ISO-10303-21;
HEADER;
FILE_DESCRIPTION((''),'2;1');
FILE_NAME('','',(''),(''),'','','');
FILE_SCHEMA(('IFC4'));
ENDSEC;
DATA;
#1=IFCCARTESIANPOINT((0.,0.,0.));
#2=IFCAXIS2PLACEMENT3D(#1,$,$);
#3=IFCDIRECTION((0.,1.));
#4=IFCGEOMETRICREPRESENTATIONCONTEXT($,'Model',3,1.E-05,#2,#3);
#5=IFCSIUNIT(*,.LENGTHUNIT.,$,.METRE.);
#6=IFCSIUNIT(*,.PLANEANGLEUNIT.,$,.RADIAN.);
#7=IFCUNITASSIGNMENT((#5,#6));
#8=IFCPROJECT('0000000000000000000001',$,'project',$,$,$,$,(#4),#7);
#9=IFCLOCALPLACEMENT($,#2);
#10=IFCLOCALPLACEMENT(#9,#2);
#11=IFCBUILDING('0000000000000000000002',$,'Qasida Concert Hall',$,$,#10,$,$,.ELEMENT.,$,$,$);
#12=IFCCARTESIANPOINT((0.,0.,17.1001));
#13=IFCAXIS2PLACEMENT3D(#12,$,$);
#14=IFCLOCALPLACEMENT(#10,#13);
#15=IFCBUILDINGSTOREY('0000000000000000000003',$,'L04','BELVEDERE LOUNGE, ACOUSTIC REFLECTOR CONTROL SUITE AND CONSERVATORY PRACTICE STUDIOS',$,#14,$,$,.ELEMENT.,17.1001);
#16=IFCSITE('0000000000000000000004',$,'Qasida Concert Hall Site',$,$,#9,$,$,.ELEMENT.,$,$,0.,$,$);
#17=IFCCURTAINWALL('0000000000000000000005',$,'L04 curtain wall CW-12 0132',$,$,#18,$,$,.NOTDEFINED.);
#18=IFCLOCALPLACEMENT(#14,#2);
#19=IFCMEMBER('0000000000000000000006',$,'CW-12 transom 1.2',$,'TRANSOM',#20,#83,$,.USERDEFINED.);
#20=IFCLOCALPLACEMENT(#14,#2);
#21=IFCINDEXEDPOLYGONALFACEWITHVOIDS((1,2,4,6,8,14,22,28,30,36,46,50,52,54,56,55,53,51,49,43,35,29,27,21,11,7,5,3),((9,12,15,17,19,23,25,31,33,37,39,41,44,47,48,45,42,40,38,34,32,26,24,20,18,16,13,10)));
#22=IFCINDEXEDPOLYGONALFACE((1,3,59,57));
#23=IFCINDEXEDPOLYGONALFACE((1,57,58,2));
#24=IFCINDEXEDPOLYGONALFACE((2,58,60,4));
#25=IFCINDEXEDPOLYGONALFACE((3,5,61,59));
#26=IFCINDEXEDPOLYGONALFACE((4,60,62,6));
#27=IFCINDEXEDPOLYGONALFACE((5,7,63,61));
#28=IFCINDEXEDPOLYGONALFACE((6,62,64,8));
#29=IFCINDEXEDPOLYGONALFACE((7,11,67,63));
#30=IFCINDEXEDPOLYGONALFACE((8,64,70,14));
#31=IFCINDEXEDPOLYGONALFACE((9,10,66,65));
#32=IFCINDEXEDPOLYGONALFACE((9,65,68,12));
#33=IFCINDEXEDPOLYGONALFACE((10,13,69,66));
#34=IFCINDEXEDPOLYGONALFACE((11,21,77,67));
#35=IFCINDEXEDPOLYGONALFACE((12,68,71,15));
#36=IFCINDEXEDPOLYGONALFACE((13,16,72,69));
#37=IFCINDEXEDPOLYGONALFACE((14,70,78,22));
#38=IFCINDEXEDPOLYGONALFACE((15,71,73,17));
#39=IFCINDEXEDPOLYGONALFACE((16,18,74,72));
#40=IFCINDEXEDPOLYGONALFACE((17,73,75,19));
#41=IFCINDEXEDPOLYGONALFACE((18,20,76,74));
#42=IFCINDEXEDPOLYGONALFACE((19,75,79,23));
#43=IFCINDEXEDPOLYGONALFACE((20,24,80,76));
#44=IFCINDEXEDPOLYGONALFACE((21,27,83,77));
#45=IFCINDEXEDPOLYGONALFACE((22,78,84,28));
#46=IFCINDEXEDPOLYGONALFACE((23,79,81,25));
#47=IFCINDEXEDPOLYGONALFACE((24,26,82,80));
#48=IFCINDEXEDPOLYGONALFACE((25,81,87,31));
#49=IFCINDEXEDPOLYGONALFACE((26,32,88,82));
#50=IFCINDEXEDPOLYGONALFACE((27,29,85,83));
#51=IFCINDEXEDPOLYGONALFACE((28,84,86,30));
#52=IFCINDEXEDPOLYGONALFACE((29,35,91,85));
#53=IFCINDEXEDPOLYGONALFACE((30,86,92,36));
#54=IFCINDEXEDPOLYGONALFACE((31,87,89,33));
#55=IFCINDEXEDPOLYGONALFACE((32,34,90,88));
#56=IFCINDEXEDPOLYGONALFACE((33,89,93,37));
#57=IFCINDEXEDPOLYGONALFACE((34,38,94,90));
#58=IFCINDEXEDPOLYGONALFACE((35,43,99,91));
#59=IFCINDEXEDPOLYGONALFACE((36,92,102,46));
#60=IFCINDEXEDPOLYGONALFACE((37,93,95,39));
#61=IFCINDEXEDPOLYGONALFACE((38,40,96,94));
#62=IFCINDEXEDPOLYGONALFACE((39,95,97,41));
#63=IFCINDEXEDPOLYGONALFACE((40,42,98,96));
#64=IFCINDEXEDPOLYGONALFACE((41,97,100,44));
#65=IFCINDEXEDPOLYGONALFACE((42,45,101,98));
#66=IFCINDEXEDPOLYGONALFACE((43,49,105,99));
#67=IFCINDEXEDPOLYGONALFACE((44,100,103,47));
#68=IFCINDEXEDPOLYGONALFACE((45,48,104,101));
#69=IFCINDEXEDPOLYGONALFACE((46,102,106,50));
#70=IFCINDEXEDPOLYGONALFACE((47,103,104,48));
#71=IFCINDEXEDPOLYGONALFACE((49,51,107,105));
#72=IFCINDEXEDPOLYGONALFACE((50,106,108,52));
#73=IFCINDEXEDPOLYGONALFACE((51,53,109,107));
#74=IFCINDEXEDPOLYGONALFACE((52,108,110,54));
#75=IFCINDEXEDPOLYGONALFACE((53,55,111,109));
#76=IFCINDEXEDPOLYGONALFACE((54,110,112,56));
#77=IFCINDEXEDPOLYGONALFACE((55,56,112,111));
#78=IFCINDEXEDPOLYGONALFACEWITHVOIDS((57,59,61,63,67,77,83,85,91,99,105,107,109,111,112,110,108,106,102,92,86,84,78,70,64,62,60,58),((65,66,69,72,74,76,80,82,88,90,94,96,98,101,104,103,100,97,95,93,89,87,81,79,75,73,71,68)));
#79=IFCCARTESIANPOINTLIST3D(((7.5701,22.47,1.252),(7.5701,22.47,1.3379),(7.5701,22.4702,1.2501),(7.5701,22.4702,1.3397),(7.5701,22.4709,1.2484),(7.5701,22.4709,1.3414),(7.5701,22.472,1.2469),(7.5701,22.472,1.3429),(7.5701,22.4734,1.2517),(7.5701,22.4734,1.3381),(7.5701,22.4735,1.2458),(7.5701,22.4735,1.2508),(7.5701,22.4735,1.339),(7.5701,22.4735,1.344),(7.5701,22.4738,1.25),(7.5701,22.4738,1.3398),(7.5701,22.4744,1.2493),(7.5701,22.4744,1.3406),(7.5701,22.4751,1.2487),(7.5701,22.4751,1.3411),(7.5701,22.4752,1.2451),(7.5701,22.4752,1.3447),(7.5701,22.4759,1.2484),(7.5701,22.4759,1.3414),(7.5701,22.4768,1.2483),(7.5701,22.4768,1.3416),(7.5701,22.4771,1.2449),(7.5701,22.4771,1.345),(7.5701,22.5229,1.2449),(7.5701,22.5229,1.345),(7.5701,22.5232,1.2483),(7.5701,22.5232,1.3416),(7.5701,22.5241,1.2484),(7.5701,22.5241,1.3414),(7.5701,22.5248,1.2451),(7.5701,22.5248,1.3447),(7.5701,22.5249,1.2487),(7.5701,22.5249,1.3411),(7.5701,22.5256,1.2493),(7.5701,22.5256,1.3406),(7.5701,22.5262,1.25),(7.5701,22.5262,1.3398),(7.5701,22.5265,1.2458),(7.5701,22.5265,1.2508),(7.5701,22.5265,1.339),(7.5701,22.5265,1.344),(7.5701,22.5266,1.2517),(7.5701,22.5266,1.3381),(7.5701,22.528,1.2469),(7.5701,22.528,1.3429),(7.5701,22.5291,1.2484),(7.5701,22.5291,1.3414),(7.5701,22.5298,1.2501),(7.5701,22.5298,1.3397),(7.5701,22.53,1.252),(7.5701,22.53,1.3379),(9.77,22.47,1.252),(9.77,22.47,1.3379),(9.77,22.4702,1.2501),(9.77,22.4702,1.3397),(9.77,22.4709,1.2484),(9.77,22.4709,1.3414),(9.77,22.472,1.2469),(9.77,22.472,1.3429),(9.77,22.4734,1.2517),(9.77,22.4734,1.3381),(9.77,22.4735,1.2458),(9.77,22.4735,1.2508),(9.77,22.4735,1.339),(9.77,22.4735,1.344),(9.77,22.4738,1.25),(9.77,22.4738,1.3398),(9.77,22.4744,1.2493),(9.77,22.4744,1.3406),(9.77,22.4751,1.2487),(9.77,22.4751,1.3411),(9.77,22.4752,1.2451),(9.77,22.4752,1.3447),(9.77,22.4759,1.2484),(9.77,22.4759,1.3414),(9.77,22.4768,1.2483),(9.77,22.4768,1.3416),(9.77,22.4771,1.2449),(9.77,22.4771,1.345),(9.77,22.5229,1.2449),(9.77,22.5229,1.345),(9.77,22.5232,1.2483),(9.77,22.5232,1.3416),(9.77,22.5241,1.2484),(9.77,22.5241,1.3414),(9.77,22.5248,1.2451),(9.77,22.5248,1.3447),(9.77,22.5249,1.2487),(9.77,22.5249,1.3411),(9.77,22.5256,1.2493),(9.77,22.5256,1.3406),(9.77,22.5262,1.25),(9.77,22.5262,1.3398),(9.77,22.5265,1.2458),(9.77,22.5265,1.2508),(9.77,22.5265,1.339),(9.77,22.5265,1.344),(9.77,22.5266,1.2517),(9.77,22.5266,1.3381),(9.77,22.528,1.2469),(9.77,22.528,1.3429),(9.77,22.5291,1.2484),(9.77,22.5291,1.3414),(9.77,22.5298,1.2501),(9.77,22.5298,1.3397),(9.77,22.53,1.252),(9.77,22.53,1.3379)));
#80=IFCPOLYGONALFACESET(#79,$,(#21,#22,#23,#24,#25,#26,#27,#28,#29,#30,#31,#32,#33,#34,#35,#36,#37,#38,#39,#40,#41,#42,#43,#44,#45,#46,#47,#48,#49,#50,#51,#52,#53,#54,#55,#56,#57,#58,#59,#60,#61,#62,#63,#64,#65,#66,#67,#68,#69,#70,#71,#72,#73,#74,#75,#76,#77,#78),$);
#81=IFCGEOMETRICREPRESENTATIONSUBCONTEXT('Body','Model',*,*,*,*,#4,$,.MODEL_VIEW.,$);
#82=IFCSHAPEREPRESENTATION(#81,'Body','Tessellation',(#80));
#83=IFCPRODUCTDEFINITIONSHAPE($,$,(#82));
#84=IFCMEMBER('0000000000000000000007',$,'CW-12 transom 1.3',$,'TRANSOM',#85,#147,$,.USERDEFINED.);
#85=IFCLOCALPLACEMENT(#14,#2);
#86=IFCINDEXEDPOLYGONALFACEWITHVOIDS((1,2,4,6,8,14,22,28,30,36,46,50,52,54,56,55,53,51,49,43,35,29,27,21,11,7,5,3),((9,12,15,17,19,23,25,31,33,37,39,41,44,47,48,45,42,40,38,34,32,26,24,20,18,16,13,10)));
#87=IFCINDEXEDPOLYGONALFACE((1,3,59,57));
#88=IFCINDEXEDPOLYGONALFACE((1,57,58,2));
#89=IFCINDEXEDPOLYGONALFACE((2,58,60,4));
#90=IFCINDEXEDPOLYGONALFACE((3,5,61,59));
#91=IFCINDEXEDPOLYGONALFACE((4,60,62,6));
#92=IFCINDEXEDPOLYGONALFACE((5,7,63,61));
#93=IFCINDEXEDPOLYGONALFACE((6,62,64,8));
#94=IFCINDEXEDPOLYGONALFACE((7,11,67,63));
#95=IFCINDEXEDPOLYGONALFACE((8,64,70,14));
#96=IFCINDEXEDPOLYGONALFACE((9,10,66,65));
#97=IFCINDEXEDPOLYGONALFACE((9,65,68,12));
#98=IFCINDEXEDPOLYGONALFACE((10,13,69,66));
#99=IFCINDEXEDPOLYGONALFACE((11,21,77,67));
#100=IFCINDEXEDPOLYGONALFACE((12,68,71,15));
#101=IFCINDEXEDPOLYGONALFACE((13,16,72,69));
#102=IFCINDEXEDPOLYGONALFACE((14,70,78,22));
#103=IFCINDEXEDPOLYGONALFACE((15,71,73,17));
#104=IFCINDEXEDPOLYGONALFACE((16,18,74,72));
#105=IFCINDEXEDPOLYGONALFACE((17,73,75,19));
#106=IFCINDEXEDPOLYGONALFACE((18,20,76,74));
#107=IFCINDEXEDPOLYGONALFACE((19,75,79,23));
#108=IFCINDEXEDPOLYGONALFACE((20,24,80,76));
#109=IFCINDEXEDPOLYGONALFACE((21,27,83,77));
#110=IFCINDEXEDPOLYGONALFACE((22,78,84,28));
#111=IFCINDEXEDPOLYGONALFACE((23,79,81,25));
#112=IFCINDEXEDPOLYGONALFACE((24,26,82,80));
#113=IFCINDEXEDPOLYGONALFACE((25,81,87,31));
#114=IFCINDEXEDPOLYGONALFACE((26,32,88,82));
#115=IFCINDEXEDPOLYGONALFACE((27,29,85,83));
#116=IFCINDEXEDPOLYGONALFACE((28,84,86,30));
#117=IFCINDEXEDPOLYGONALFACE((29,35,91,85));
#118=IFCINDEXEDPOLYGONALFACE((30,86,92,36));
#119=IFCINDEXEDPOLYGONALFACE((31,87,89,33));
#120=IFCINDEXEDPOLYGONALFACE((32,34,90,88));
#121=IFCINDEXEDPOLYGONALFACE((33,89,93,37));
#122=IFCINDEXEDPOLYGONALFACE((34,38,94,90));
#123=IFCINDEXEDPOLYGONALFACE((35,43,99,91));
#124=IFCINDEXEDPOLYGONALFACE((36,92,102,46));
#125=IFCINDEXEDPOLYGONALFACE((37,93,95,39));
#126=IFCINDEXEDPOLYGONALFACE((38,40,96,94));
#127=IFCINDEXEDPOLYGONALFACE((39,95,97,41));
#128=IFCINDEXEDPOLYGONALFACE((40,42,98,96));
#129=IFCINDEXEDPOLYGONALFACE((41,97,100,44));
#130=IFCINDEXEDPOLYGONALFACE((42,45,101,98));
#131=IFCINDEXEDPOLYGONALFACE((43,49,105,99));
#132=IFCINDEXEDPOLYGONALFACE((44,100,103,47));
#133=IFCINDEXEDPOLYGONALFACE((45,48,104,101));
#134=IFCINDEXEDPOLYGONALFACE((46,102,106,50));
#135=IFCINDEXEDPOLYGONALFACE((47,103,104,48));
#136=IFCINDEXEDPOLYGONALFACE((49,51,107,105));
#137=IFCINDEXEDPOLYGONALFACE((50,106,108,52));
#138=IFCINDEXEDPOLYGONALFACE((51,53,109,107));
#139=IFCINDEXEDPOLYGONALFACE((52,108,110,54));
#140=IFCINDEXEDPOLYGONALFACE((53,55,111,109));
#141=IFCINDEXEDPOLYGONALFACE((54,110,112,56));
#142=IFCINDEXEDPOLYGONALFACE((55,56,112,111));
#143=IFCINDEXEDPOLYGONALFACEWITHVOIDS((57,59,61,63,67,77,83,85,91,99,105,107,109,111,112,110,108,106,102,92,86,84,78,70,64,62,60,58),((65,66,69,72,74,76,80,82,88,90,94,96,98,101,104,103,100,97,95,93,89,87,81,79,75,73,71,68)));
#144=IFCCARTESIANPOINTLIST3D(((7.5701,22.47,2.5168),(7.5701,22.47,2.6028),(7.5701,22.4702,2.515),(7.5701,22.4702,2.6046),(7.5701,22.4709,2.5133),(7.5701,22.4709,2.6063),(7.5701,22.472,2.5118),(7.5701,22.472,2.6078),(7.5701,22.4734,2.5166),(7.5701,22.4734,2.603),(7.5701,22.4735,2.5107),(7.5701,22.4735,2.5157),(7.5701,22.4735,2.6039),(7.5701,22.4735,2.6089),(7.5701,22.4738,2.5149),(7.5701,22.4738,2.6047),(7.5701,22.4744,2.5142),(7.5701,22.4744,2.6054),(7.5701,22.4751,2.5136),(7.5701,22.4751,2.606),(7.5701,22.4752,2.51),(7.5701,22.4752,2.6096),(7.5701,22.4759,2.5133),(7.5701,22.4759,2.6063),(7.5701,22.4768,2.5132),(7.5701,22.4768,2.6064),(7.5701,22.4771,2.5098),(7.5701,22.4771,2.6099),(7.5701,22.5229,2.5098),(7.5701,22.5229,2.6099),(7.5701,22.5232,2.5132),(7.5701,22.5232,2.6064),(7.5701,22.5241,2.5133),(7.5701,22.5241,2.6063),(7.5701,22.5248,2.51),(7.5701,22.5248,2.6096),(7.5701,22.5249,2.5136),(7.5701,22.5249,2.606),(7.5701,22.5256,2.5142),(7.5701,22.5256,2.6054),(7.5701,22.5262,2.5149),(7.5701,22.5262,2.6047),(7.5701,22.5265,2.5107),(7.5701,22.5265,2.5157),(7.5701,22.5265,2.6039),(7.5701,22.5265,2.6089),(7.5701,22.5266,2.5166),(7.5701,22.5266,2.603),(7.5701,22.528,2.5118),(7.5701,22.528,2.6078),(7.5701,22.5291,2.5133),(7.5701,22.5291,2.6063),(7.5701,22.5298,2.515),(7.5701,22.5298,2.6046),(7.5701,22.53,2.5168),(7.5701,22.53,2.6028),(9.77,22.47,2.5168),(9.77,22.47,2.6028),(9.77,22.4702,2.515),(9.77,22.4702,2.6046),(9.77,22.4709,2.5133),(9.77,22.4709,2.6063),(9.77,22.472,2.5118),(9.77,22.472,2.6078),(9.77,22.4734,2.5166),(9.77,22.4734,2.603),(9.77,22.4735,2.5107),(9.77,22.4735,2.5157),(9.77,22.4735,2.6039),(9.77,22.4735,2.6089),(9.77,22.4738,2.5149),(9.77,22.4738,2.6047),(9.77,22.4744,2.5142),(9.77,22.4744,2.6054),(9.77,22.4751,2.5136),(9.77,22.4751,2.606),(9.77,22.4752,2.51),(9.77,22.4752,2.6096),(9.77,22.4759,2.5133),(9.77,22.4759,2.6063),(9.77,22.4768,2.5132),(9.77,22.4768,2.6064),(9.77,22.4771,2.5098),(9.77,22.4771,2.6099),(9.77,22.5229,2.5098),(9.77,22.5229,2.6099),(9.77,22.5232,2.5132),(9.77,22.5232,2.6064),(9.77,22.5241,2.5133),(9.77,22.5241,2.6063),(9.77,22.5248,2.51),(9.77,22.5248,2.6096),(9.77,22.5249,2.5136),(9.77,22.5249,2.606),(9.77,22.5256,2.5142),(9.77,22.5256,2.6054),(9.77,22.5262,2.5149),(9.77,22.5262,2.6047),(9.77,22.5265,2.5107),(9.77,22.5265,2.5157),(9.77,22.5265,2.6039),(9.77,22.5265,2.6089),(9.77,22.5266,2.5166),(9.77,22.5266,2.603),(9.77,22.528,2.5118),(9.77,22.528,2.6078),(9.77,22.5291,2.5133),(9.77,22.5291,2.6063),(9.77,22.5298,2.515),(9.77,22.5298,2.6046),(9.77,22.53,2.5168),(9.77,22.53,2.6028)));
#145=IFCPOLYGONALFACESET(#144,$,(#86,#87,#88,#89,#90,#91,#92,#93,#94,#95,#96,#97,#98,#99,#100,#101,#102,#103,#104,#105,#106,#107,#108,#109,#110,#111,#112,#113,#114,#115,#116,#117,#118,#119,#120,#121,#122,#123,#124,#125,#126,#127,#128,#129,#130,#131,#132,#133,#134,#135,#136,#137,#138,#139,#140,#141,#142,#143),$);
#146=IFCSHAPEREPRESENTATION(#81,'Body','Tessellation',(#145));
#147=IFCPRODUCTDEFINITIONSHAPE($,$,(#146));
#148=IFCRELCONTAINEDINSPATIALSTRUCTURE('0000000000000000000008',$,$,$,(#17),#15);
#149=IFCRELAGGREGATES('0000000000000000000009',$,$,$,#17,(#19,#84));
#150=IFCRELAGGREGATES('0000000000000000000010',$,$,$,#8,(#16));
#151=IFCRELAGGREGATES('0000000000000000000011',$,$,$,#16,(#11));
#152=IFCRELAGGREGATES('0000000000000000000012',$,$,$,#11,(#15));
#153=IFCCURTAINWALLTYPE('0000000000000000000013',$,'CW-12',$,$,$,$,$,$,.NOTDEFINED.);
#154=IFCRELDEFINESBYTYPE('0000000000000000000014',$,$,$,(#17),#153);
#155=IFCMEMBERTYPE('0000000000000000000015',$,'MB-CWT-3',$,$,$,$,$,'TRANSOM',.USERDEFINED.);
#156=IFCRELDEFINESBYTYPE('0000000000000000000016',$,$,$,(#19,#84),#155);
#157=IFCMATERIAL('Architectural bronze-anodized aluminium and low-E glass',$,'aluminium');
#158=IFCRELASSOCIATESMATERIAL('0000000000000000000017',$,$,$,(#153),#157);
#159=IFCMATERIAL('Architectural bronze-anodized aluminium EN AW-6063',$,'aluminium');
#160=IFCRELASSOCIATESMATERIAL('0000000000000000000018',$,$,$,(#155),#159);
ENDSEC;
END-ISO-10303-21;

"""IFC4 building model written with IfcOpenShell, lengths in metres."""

from ifc_helpers import new_model, si_unit, direction, frame, origin, origin_2d, place, context, subcontext, project, spatial, hollow_rectangle, extrude, material, material_profile, profile_set, type_object, element, aggregate, save


model = new_model("IFC4")

# Units and contexts
model_context = context("Model", 3, precision=1e-05, world=origin(), true_north=direction((0.0, 1.0)))
body_context = subcontext(model_context, "Body", "Model", "MODEL_VIEW")
ifc_project = project(units=[si_unit("LENGTHUNIT", "METRE"), si_unit("PLANEANGLEUNIT", "RADIAN")], contexts=[model_context])

# Site, building, storey
site_placement = place(None, origin())
site = spatial("IfcSite", under=ifc_project, at=site_placement, Name="Qasida Concert Hall Site", CompositionType="ELEMENT", RefElevation=0.0)
building_placement = place(site_placement, origin())
building = spatial("IfcBuilding", under=site, at=building_placement, Name="Qasida Concert Hall", CompositionType="ELEMENT")
storey_placement = place(building_placement, frame((0.0, 0.0, 17.1001)))
storey = spatial("IfcBuildingStorey", under=building, at=storey_placement, Name="L04", Description="BELVEDERE LOUNGE, ACOUSTIC REFLECTOR CONTROL SUITE AND CONSERVATORY PRACTICE STUDIOS", CompositionType="ELEMENT", Elevation=17.1001)

# Shared definitions
ifc_material_1 = material(Name="Architectural bronze-anodized aluminium and low-E glass", Category="aluminium")
curtain_wall_type = type_object("IfcCurtainWallType", Name="CW-12", PredefinedType="NOTDEFINED", material=ifc_material_1)
ifc_material_2 = material(Name="Architectural bronze-anodized aluminium EN AW-6063", Category="aluminium")

# Curtain wall, members
curtain_wall_1_placement = place(storey_placement, origin())
curtain_wall_1 = element("IfcCurtainWall", 1, at=curtain_wall_1_placement, inside=storey, type_object=curtain_wall_type, Name="L04 curtain wall CW-12 0132", PredefinedType="NOTDEFINED")
ifc_material_profile_1 = material_profile(ifc_material_2, hollow_rectangle(XDim=0.0601, YDim=0.1001, WallThickness=0.0034, InnerFilletRadius=0.0034, OuterFilletRadius=0.0071, at=origin_2d()), Name="CWT 100x60x3.5")
ifc_profile_set_1 = profile_set([ifc_material_profile_1], Name="Architectural bronze-anodized aluminium EN AW-6063")
member_type_1 = type_object("IfcMemberType", Name="MB-CWT-3", ElementType="TRANSOM", PredefinedType="USERDEFINED", material=ifc_profile_set_1)
member_1_placement = place(storey_placement, frame((7.5701, 22.5, 1.2949), z_axis=(1.0, 0.0, 0.0), x_axis=(0.0, 1.0, 0.0)))
member_1 = element("IfcMember", 2, at=member_1_placement, type_object=member_type_1, Name="CW-12 transom 1.2", ObjectType="TRANSOM", PredefinedType="USERDEFINED", context=body_context, shape_type="SweptSolid", body=[
    extrude(hollow_rectangle(XDim=0.0601, YDim=0.1001, WallThickness=0.0034, InnerFilletRadius=0.0034, OuterFilletRadius=0.0071, at=origin_2d()), origin(), (0.0, 0.0, 1.0), 2.2),
])
member_2_placement = place(storey_placement, frame((7.5701, 22.5, 2.5598), z_axis=(1.0, 0.0, 0.0), x_axis=(0.0, 1.0, 0.0)))
member_2 = element("IfcMember", 3, at=member_2_placement, type_object=member_type_1, Name="CW-12 transom 1.3", ObjectType="TRANSOM", PredefinedType="USERDEFINED", context=body_context, shape_type="SweptSolid", body=[
    extrude(hollow_rectangle(XDim=0.0601, YDim=0.1001, WallThickness=0.0034, InnerFilletRadius=0.0034, OuterFilletRadius=0.0071, at=origin_2d()), origin(), (0.0, 0.0, 1.0), 2.2),
])
aggregate(curtain_wall_1, [member_1, member_2])

save(model, "model.ifc")
